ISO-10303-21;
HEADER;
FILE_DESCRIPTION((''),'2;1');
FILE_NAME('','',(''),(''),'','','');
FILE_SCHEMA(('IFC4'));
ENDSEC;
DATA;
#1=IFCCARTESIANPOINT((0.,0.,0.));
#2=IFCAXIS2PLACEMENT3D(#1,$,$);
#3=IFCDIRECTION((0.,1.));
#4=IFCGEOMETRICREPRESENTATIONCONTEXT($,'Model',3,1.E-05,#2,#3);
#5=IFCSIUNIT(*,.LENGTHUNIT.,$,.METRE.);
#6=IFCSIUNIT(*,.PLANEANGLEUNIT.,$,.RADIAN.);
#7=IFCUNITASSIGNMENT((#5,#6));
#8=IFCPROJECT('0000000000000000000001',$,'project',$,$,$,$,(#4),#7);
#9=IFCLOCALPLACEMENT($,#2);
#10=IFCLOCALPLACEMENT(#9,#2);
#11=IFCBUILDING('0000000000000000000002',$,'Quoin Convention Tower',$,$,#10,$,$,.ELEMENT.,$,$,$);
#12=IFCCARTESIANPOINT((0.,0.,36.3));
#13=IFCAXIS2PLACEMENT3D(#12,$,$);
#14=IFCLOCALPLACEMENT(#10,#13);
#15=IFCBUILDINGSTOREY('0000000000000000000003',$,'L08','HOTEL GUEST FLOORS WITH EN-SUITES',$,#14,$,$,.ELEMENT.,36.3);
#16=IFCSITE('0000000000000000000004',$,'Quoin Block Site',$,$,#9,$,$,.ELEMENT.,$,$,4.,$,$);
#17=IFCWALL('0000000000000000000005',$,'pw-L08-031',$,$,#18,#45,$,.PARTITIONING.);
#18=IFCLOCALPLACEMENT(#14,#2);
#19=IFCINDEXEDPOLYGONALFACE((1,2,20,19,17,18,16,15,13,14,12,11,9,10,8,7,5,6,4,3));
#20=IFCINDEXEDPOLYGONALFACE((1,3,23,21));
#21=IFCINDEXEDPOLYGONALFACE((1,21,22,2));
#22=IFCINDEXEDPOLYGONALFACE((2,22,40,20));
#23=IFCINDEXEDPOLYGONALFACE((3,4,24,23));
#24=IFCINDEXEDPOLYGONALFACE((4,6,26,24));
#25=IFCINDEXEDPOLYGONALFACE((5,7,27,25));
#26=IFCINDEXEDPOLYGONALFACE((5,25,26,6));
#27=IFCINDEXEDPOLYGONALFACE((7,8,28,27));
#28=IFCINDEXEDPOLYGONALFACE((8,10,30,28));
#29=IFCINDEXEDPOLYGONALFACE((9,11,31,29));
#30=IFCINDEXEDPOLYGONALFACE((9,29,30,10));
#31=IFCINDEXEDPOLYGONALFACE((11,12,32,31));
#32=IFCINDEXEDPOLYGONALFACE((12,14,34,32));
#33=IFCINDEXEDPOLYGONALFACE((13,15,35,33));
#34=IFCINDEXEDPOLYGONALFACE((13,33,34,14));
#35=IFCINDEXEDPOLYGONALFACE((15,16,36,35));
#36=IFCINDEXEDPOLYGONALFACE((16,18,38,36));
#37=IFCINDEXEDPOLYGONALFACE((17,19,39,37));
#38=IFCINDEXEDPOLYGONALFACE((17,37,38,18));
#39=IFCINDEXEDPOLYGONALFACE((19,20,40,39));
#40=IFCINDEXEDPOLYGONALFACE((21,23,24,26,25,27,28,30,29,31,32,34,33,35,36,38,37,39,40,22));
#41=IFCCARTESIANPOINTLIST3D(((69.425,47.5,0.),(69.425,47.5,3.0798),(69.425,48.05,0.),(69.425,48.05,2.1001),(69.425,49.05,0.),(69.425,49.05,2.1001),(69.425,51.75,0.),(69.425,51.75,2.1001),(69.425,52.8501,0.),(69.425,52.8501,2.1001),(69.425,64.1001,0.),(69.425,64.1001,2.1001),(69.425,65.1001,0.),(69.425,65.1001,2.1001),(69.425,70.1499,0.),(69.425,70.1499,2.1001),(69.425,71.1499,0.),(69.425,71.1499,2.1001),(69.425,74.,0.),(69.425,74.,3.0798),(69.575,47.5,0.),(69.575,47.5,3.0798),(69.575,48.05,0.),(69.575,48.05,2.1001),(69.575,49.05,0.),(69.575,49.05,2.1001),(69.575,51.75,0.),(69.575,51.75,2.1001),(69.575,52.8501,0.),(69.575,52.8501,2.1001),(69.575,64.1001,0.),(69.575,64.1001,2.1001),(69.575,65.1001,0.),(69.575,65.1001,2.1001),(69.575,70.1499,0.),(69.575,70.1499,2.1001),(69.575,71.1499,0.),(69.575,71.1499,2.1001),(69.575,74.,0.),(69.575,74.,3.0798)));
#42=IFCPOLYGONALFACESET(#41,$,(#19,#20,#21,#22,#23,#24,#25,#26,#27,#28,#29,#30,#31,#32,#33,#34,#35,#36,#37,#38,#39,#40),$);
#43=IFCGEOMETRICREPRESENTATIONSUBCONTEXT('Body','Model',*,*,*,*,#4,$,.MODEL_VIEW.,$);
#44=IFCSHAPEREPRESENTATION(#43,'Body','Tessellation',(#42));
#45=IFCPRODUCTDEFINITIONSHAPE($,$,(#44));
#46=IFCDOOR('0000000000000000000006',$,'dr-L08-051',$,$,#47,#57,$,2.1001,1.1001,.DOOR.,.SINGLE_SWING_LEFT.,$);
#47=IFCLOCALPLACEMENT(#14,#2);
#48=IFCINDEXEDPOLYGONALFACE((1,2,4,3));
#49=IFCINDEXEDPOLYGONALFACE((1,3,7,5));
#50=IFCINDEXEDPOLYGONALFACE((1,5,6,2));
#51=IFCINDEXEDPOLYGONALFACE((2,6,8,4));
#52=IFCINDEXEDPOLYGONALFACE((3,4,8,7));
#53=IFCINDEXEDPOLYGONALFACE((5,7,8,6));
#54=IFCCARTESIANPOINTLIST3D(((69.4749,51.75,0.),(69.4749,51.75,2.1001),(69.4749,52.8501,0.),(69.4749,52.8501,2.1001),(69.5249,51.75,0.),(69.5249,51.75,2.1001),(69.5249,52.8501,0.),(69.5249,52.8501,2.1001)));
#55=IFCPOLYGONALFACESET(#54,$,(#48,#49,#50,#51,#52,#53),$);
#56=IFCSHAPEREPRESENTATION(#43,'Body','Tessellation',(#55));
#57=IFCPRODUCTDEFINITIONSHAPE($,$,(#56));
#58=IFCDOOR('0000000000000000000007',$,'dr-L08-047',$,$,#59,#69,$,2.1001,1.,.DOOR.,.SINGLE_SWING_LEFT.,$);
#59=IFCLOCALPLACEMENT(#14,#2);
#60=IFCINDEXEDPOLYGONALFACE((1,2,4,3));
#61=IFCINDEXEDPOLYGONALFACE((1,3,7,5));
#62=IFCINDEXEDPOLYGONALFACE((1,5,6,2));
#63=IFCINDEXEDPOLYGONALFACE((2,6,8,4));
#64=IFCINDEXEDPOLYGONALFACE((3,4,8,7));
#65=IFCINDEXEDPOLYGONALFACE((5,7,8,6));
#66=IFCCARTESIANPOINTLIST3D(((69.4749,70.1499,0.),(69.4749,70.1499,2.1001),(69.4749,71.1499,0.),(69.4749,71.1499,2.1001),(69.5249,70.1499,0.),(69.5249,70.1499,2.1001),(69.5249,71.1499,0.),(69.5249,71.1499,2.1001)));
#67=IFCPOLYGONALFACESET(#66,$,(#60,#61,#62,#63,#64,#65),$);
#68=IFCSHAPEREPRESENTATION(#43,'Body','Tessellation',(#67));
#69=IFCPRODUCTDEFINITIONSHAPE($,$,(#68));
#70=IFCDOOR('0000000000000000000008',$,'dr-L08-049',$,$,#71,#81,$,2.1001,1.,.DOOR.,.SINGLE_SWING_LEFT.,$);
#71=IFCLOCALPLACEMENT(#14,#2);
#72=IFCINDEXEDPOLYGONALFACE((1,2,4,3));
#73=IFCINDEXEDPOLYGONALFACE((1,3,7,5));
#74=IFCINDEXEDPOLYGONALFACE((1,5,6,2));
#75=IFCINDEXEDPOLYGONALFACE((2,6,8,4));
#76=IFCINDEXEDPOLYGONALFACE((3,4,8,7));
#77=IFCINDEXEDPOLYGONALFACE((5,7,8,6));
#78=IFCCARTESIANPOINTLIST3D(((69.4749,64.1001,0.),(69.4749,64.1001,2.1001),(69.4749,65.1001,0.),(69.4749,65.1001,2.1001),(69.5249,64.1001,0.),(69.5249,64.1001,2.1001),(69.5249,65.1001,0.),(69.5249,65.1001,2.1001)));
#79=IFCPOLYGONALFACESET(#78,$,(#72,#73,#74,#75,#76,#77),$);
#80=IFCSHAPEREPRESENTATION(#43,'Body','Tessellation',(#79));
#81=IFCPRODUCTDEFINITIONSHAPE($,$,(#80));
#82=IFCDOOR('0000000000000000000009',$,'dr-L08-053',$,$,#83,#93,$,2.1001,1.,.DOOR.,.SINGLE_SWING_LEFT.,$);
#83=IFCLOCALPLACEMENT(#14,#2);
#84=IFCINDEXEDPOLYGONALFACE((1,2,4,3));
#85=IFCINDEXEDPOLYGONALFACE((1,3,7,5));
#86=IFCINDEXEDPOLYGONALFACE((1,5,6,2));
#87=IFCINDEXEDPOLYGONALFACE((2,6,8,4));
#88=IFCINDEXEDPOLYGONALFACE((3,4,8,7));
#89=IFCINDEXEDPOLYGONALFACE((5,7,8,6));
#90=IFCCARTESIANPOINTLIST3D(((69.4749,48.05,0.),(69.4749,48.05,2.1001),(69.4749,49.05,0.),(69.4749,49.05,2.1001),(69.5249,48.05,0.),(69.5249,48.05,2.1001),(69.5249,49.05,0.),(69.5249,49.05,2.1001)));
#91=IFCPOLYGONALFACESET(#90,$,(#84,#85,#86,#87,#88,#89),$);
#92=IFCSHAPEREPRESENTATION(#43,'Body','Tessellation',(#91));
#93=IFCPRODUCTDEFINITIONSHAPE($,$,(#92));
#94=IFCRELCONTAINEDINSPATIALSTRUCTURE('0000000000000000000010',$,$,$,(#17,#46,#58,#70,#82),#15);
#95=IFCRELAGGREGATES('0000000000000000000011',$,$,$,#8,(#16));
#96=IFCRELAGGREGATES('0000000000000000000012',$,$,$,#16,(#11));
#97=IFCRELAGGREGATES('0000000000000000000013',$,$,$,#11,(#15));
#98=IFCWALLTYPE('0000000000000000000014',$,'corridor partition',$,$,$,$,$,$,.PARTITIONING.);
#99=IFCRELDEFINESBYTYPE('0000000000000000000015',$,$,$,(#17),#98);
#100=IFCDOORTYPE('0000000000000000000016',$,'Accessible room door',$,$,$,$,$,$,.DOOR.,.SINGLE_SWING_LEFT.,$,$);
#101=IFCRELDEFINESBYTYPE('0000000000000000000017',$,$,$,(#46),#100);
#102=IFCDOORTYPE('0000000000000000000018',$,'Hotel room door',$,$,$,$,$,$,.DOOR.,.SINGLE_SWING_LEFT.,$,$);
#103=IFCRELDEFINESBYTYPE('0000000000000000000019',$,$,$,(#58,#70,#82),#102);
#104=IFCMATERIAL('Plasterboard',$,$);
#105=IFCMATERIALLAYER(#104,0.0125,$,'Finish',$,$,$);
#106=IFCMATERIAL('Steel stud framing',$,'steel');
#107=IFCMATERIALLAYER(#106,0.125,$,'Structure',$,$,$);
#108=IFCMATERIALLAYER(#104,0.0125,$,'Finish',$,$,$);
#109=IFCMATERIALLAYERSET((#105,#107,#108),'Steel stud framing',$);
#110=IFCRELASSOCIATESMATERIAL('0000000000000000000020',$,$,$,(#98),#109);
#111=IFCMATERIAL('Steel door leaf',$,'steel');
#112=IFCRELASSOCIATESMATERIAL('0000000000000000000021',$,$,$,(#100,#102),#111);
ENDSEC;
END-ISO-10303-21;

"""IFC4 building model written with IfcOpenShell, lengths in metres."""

from ifc_helpers import new_model, si_unit, direction, frame, frame_2d, origin, place, context, subcontext, project, spatial, rectangle, extrude, material, layer, layer_set, type_object, element, fill, save


model = new_model("IFC4")

# Units and contexts
model_context = context("Model", 3, precision=1e-05, world=origin(), true_north=direction((0.0, 1.0)))
body_context = subcontext(model_context, "Body", "Model", "MODEL_VIEW")
ifc_project = project(units=[si_unit("LENGTHUNIT", "METRE"), si_unit("PLANEANGLEUNIT", "RADIAN")], contexts=[model_context])

# Site, building, storey
site_placement = place(None, origin())
site = spatial("IfcSite", under=ifc_project, at=site_placement, Name="Quoin Block Site", CompositionType="ELEMENT", RefElevation=4.0)
building_placement = place(site_placement, origin())
building = spatial("IfcBuilding", under=site, at=building_placement, Name="Quoin Convention Tower", CompositionType="ELEMENT")
storey_placement = place(building_placement, frame((0.0, 0.0, 36.3)))
storey = spatial("IfcBuildingStorey", under=building, at=storey_placement, Name="L08", Description="HOTEL GUEST FLOORS WITH EN-SUITES", CompositionType="ELEMENT", Elevation=36.3)

# Shared definitions
ifc_material_1 = material(Name="Steel door leaf", Category="steel")

# Wall, openings, doors
ifc_material_2 = material(Name="Plasterboard")
ifc_layer_1 = layer(ifc_material_2, 0.0125, Name="Finish")
ifc_material_3 = material(Name="Steel stud framing", Category="steel")
ifc_layer_2 = layer(ifc_material_3, 0.125, Name="Structure")
ifc_layer_3 = layer(ifc_material_2, 0.0125, Name="Finish")
ifc_layer_set_1 = layer_set([ifc_layer_1, ifc_layer_2, ifc_layer_3], Name="Steel stud framing")
wall_type_1 = type_object("IfcWallType", Name="corridor partition", PredefinedType="PARTITIONING", material=ifc_layer_set_1)
wall_1_placement = place(storey_placement, frame((69.5, 47.5, 0.0), z_axis=(0.0, 0.0, 1.0), x_axis=(0.0, 1.0, 0.0)))
wall_1 = element("IfcWall", 1, at=wall_1_placement, inside=storey, type_object=wall_type_1, Name="pw-L08-031", PredefinedType="PARTITIONING", context=body_context, shape_type="SweptSolid", body=[
    extrude(rectangle(XDim=26.5, YDim=0.1499, at=frame_2d((13.25, 0.0))), origin(), (0.0, 0.0, 1.0), 3.0798),
])
opening_1_placement = place(wall_1_placement, frame((22.6499, 0.0, 0.0)))
opening_1 = element("IfcOpeningElement", 2, at=opening_1_placement, cuts=wall_1, PredefinedType="OPENING", context=body_context, shape_type="SweptSolid", body=[
    extrude(rectangle(XDim=1.0, YDim=2.1001, at=frame_2d((0.5, 1.05))), frame((0.0, 0.085, 0.0), z_axis=(0.0, -1.0, 0.0), x_axis=(1.0, 0.0, 0.0)), (0.0, 0.0, 1.0), 0.1699),
])
opening_2_placement = place(wall_1_placement, frame((16.6001, 0.0, 0.0)))
opening_2 = element("IfcOpeningElement", 3, at=opening_2_placement, cuts=wall_1, PredefinedType="OPENING", context=body_context, shape_type="SweptSolid", body=[
    extrude(rectangle(XDim=1.0, YDim=2.1001, at=frame_2d((0.5, 1.05))), frame((0.0, 0.085, 0.0), z_axis=(0.0, -1.0, 0.0), x_axis=(1.0, 0.0, 0.0)), (0.0, 0.0, 1.0), 0.1699),
])
opening_3_placement = place(wall_1_placement, frame((4.25, 0.0, 0.0)))
opening_3 = element("IfcOpeningElement", 4, at=opening_3_placement, cuts=wall_1, PredefinedType="OPENING", context=body_context, shape_type="SweptSolid", body=[
    extrude(rectangle(XDim=1.1001, YDim=2.1001, at=frame_2d((0.55, 1.05))), frame((0.0, 0.085, 0.0), z_axis=(0.0, -1.0, 0.0), x_axis=(1.0, 0.0, 0.0)), (0.0, 0.0, 1.0), 0.1699),
])
opening_4_placement = place(wall_1_placement, frame((0.55, 0.0, 0.0)))
opening_4 = element("IfcOpeningElement", 5, at=opening_4_placement, cuts=wall_1, PredefinedType="OPENING", context=body_context, shape_type="SweptSolid", body=[
    extrude(rectangle(XDim=1.0, YDim=2.1001, at=frame_2d((0.5, 1.05))), frame((0.0, 0.085, 0.0), z_axis=(0.0, -1.0, 0.0), x_axis=(1.0, 0.0, 0.0)), (0.0, 0.0, 1.0), 0.1699),
])
door_type_1 = type_object("IfcDoorType", Name="Accessible room door", OperationType="SINGLE_SWING_LEFT", PredefinedType="DOOR", material=ifc_material_1)
door_1_placement = place(opening_3_placement, frame((1.1001, 0.0, 0.0), z_axis=(0.0, 0.0, 1.0), x_axis=(-1.0, 0.0, 0.0)))
door_1 = element("IfcDoor", 6, at=door_1_placement, inside=storey, type_object=door_type_1, Name="dr-L08-051", OperationType="SINGLE_SWING_LEFT", OverallHeight=2.1001, OverallWidth=1.1001, PredefinedType="DOOR", context=body_context, shape_type="SweptSolid", body=[
    extrude(rectangle(XDim=1.1001, YDim=2.1001, at=frame_2d((0.55, 1.05))), frame((0.0, 0.0249, 0.0), z_axis=(0.0, -1.0, 0.0), x_axis=(1.0, 0.0, 0.0)), (0.0, 0.0, 1.0), 0.05),
])
fill(opening_3, door_1)
door_type_2 = type_object("IfcDoorType", Name="Hotel room door", OperationType="SINGLE_SWING_LEFT", PredefinedType="DOOR", material=ifc_material_1)
door_2_placement = place(opening_1_placement, frame((1.0, 0.0, 0.0), z_axis=(0.0, 0.0, 1.0), x_axis=(-1.0, 0.0, 0.0)))
door_2 = element("IfcDoor", 7, at=door_2_placement, inside=storey, type_object=door_type_2, Name="dr-L08-047", OperationType="SINGLE_SWING_LEFT", OverallHeight=2.1001, OverallWidth=1.0, PredefinedType="DOOR", context=body_context, shape_type="SweptSolid", body=[
    extrude(rectangle(XDim=1.0, YDim=2.1001, at=frame_2d((0.5, 1.05))), frame((0.0, 0.0249, 0.0), z_axis=(0.0, -1.0, 0.0), x_axis=(1.0, 0.0, 0.0)), (0.0, 0.0, 1.0), 0.05),
])
fill(opening_1, door_2)
door_3_placement = place(opening_2_placement, frame((1.0, 0.0, 0.0), z_axis=(0.0, 0.0, 1.0), x_axis=(-1.0, 0.0, 0.0)))
door_3 = element("IfcDoor", 8, at=door_3_placement, inside=storey, type_object=door_type_2, Name="dr-L08-049", OperationType="SINGLE_SWING_LEFT", OverallHeight=2.1001, OverallWidth=1.0, PredefinedType="DOOR", context=body_context, shape_type="SweptSolid", body=[
    extrude(rectangle(XDim=1.0, YDim=2.1001, at=frame_2d((0.5, 1.05))), frame((0.0, 0.0249, 0.0), z_axis=(0.0, -1.0, 0.0), x_axis=(1.0, 0.0, 0.0)), (0.0, 0.0, 1.0), 0.05),
])
fill(opening_2, door_3)
door_4_placement = place(opening_4_placement, frame((1.0, 0.0, 0.0), z_axis=(0.0, 0.0, 1.0), x_axis=(-1.0, 0.0, 0.0)))
door_4 = element("IfcDoor", 9, at=door_4_placement, inside=storey, type_object=door_type_2, Name="dr-L08-053", OperationType="SINGLE_SWING_LEFT", OverallHeight=2.1001, OverallWidth=1.0, PredefinedType="DOOR", context=body_context, shape_type="SweptSolid", body=[
    extrude(rectangle(XDim=1.0, YDim=2.1001, at=frame_2d((0.5, 1.05))), frame((0.0, 0.0249, 0.0), z_axis=(0.0, -1.0, 0.0), x_axis=(1.0, 0.0, 0.0)), (0.0, 0.0, 1.0), 0.05),
])
fill(opening_4, door_4)

save(model, "model.ifc")
